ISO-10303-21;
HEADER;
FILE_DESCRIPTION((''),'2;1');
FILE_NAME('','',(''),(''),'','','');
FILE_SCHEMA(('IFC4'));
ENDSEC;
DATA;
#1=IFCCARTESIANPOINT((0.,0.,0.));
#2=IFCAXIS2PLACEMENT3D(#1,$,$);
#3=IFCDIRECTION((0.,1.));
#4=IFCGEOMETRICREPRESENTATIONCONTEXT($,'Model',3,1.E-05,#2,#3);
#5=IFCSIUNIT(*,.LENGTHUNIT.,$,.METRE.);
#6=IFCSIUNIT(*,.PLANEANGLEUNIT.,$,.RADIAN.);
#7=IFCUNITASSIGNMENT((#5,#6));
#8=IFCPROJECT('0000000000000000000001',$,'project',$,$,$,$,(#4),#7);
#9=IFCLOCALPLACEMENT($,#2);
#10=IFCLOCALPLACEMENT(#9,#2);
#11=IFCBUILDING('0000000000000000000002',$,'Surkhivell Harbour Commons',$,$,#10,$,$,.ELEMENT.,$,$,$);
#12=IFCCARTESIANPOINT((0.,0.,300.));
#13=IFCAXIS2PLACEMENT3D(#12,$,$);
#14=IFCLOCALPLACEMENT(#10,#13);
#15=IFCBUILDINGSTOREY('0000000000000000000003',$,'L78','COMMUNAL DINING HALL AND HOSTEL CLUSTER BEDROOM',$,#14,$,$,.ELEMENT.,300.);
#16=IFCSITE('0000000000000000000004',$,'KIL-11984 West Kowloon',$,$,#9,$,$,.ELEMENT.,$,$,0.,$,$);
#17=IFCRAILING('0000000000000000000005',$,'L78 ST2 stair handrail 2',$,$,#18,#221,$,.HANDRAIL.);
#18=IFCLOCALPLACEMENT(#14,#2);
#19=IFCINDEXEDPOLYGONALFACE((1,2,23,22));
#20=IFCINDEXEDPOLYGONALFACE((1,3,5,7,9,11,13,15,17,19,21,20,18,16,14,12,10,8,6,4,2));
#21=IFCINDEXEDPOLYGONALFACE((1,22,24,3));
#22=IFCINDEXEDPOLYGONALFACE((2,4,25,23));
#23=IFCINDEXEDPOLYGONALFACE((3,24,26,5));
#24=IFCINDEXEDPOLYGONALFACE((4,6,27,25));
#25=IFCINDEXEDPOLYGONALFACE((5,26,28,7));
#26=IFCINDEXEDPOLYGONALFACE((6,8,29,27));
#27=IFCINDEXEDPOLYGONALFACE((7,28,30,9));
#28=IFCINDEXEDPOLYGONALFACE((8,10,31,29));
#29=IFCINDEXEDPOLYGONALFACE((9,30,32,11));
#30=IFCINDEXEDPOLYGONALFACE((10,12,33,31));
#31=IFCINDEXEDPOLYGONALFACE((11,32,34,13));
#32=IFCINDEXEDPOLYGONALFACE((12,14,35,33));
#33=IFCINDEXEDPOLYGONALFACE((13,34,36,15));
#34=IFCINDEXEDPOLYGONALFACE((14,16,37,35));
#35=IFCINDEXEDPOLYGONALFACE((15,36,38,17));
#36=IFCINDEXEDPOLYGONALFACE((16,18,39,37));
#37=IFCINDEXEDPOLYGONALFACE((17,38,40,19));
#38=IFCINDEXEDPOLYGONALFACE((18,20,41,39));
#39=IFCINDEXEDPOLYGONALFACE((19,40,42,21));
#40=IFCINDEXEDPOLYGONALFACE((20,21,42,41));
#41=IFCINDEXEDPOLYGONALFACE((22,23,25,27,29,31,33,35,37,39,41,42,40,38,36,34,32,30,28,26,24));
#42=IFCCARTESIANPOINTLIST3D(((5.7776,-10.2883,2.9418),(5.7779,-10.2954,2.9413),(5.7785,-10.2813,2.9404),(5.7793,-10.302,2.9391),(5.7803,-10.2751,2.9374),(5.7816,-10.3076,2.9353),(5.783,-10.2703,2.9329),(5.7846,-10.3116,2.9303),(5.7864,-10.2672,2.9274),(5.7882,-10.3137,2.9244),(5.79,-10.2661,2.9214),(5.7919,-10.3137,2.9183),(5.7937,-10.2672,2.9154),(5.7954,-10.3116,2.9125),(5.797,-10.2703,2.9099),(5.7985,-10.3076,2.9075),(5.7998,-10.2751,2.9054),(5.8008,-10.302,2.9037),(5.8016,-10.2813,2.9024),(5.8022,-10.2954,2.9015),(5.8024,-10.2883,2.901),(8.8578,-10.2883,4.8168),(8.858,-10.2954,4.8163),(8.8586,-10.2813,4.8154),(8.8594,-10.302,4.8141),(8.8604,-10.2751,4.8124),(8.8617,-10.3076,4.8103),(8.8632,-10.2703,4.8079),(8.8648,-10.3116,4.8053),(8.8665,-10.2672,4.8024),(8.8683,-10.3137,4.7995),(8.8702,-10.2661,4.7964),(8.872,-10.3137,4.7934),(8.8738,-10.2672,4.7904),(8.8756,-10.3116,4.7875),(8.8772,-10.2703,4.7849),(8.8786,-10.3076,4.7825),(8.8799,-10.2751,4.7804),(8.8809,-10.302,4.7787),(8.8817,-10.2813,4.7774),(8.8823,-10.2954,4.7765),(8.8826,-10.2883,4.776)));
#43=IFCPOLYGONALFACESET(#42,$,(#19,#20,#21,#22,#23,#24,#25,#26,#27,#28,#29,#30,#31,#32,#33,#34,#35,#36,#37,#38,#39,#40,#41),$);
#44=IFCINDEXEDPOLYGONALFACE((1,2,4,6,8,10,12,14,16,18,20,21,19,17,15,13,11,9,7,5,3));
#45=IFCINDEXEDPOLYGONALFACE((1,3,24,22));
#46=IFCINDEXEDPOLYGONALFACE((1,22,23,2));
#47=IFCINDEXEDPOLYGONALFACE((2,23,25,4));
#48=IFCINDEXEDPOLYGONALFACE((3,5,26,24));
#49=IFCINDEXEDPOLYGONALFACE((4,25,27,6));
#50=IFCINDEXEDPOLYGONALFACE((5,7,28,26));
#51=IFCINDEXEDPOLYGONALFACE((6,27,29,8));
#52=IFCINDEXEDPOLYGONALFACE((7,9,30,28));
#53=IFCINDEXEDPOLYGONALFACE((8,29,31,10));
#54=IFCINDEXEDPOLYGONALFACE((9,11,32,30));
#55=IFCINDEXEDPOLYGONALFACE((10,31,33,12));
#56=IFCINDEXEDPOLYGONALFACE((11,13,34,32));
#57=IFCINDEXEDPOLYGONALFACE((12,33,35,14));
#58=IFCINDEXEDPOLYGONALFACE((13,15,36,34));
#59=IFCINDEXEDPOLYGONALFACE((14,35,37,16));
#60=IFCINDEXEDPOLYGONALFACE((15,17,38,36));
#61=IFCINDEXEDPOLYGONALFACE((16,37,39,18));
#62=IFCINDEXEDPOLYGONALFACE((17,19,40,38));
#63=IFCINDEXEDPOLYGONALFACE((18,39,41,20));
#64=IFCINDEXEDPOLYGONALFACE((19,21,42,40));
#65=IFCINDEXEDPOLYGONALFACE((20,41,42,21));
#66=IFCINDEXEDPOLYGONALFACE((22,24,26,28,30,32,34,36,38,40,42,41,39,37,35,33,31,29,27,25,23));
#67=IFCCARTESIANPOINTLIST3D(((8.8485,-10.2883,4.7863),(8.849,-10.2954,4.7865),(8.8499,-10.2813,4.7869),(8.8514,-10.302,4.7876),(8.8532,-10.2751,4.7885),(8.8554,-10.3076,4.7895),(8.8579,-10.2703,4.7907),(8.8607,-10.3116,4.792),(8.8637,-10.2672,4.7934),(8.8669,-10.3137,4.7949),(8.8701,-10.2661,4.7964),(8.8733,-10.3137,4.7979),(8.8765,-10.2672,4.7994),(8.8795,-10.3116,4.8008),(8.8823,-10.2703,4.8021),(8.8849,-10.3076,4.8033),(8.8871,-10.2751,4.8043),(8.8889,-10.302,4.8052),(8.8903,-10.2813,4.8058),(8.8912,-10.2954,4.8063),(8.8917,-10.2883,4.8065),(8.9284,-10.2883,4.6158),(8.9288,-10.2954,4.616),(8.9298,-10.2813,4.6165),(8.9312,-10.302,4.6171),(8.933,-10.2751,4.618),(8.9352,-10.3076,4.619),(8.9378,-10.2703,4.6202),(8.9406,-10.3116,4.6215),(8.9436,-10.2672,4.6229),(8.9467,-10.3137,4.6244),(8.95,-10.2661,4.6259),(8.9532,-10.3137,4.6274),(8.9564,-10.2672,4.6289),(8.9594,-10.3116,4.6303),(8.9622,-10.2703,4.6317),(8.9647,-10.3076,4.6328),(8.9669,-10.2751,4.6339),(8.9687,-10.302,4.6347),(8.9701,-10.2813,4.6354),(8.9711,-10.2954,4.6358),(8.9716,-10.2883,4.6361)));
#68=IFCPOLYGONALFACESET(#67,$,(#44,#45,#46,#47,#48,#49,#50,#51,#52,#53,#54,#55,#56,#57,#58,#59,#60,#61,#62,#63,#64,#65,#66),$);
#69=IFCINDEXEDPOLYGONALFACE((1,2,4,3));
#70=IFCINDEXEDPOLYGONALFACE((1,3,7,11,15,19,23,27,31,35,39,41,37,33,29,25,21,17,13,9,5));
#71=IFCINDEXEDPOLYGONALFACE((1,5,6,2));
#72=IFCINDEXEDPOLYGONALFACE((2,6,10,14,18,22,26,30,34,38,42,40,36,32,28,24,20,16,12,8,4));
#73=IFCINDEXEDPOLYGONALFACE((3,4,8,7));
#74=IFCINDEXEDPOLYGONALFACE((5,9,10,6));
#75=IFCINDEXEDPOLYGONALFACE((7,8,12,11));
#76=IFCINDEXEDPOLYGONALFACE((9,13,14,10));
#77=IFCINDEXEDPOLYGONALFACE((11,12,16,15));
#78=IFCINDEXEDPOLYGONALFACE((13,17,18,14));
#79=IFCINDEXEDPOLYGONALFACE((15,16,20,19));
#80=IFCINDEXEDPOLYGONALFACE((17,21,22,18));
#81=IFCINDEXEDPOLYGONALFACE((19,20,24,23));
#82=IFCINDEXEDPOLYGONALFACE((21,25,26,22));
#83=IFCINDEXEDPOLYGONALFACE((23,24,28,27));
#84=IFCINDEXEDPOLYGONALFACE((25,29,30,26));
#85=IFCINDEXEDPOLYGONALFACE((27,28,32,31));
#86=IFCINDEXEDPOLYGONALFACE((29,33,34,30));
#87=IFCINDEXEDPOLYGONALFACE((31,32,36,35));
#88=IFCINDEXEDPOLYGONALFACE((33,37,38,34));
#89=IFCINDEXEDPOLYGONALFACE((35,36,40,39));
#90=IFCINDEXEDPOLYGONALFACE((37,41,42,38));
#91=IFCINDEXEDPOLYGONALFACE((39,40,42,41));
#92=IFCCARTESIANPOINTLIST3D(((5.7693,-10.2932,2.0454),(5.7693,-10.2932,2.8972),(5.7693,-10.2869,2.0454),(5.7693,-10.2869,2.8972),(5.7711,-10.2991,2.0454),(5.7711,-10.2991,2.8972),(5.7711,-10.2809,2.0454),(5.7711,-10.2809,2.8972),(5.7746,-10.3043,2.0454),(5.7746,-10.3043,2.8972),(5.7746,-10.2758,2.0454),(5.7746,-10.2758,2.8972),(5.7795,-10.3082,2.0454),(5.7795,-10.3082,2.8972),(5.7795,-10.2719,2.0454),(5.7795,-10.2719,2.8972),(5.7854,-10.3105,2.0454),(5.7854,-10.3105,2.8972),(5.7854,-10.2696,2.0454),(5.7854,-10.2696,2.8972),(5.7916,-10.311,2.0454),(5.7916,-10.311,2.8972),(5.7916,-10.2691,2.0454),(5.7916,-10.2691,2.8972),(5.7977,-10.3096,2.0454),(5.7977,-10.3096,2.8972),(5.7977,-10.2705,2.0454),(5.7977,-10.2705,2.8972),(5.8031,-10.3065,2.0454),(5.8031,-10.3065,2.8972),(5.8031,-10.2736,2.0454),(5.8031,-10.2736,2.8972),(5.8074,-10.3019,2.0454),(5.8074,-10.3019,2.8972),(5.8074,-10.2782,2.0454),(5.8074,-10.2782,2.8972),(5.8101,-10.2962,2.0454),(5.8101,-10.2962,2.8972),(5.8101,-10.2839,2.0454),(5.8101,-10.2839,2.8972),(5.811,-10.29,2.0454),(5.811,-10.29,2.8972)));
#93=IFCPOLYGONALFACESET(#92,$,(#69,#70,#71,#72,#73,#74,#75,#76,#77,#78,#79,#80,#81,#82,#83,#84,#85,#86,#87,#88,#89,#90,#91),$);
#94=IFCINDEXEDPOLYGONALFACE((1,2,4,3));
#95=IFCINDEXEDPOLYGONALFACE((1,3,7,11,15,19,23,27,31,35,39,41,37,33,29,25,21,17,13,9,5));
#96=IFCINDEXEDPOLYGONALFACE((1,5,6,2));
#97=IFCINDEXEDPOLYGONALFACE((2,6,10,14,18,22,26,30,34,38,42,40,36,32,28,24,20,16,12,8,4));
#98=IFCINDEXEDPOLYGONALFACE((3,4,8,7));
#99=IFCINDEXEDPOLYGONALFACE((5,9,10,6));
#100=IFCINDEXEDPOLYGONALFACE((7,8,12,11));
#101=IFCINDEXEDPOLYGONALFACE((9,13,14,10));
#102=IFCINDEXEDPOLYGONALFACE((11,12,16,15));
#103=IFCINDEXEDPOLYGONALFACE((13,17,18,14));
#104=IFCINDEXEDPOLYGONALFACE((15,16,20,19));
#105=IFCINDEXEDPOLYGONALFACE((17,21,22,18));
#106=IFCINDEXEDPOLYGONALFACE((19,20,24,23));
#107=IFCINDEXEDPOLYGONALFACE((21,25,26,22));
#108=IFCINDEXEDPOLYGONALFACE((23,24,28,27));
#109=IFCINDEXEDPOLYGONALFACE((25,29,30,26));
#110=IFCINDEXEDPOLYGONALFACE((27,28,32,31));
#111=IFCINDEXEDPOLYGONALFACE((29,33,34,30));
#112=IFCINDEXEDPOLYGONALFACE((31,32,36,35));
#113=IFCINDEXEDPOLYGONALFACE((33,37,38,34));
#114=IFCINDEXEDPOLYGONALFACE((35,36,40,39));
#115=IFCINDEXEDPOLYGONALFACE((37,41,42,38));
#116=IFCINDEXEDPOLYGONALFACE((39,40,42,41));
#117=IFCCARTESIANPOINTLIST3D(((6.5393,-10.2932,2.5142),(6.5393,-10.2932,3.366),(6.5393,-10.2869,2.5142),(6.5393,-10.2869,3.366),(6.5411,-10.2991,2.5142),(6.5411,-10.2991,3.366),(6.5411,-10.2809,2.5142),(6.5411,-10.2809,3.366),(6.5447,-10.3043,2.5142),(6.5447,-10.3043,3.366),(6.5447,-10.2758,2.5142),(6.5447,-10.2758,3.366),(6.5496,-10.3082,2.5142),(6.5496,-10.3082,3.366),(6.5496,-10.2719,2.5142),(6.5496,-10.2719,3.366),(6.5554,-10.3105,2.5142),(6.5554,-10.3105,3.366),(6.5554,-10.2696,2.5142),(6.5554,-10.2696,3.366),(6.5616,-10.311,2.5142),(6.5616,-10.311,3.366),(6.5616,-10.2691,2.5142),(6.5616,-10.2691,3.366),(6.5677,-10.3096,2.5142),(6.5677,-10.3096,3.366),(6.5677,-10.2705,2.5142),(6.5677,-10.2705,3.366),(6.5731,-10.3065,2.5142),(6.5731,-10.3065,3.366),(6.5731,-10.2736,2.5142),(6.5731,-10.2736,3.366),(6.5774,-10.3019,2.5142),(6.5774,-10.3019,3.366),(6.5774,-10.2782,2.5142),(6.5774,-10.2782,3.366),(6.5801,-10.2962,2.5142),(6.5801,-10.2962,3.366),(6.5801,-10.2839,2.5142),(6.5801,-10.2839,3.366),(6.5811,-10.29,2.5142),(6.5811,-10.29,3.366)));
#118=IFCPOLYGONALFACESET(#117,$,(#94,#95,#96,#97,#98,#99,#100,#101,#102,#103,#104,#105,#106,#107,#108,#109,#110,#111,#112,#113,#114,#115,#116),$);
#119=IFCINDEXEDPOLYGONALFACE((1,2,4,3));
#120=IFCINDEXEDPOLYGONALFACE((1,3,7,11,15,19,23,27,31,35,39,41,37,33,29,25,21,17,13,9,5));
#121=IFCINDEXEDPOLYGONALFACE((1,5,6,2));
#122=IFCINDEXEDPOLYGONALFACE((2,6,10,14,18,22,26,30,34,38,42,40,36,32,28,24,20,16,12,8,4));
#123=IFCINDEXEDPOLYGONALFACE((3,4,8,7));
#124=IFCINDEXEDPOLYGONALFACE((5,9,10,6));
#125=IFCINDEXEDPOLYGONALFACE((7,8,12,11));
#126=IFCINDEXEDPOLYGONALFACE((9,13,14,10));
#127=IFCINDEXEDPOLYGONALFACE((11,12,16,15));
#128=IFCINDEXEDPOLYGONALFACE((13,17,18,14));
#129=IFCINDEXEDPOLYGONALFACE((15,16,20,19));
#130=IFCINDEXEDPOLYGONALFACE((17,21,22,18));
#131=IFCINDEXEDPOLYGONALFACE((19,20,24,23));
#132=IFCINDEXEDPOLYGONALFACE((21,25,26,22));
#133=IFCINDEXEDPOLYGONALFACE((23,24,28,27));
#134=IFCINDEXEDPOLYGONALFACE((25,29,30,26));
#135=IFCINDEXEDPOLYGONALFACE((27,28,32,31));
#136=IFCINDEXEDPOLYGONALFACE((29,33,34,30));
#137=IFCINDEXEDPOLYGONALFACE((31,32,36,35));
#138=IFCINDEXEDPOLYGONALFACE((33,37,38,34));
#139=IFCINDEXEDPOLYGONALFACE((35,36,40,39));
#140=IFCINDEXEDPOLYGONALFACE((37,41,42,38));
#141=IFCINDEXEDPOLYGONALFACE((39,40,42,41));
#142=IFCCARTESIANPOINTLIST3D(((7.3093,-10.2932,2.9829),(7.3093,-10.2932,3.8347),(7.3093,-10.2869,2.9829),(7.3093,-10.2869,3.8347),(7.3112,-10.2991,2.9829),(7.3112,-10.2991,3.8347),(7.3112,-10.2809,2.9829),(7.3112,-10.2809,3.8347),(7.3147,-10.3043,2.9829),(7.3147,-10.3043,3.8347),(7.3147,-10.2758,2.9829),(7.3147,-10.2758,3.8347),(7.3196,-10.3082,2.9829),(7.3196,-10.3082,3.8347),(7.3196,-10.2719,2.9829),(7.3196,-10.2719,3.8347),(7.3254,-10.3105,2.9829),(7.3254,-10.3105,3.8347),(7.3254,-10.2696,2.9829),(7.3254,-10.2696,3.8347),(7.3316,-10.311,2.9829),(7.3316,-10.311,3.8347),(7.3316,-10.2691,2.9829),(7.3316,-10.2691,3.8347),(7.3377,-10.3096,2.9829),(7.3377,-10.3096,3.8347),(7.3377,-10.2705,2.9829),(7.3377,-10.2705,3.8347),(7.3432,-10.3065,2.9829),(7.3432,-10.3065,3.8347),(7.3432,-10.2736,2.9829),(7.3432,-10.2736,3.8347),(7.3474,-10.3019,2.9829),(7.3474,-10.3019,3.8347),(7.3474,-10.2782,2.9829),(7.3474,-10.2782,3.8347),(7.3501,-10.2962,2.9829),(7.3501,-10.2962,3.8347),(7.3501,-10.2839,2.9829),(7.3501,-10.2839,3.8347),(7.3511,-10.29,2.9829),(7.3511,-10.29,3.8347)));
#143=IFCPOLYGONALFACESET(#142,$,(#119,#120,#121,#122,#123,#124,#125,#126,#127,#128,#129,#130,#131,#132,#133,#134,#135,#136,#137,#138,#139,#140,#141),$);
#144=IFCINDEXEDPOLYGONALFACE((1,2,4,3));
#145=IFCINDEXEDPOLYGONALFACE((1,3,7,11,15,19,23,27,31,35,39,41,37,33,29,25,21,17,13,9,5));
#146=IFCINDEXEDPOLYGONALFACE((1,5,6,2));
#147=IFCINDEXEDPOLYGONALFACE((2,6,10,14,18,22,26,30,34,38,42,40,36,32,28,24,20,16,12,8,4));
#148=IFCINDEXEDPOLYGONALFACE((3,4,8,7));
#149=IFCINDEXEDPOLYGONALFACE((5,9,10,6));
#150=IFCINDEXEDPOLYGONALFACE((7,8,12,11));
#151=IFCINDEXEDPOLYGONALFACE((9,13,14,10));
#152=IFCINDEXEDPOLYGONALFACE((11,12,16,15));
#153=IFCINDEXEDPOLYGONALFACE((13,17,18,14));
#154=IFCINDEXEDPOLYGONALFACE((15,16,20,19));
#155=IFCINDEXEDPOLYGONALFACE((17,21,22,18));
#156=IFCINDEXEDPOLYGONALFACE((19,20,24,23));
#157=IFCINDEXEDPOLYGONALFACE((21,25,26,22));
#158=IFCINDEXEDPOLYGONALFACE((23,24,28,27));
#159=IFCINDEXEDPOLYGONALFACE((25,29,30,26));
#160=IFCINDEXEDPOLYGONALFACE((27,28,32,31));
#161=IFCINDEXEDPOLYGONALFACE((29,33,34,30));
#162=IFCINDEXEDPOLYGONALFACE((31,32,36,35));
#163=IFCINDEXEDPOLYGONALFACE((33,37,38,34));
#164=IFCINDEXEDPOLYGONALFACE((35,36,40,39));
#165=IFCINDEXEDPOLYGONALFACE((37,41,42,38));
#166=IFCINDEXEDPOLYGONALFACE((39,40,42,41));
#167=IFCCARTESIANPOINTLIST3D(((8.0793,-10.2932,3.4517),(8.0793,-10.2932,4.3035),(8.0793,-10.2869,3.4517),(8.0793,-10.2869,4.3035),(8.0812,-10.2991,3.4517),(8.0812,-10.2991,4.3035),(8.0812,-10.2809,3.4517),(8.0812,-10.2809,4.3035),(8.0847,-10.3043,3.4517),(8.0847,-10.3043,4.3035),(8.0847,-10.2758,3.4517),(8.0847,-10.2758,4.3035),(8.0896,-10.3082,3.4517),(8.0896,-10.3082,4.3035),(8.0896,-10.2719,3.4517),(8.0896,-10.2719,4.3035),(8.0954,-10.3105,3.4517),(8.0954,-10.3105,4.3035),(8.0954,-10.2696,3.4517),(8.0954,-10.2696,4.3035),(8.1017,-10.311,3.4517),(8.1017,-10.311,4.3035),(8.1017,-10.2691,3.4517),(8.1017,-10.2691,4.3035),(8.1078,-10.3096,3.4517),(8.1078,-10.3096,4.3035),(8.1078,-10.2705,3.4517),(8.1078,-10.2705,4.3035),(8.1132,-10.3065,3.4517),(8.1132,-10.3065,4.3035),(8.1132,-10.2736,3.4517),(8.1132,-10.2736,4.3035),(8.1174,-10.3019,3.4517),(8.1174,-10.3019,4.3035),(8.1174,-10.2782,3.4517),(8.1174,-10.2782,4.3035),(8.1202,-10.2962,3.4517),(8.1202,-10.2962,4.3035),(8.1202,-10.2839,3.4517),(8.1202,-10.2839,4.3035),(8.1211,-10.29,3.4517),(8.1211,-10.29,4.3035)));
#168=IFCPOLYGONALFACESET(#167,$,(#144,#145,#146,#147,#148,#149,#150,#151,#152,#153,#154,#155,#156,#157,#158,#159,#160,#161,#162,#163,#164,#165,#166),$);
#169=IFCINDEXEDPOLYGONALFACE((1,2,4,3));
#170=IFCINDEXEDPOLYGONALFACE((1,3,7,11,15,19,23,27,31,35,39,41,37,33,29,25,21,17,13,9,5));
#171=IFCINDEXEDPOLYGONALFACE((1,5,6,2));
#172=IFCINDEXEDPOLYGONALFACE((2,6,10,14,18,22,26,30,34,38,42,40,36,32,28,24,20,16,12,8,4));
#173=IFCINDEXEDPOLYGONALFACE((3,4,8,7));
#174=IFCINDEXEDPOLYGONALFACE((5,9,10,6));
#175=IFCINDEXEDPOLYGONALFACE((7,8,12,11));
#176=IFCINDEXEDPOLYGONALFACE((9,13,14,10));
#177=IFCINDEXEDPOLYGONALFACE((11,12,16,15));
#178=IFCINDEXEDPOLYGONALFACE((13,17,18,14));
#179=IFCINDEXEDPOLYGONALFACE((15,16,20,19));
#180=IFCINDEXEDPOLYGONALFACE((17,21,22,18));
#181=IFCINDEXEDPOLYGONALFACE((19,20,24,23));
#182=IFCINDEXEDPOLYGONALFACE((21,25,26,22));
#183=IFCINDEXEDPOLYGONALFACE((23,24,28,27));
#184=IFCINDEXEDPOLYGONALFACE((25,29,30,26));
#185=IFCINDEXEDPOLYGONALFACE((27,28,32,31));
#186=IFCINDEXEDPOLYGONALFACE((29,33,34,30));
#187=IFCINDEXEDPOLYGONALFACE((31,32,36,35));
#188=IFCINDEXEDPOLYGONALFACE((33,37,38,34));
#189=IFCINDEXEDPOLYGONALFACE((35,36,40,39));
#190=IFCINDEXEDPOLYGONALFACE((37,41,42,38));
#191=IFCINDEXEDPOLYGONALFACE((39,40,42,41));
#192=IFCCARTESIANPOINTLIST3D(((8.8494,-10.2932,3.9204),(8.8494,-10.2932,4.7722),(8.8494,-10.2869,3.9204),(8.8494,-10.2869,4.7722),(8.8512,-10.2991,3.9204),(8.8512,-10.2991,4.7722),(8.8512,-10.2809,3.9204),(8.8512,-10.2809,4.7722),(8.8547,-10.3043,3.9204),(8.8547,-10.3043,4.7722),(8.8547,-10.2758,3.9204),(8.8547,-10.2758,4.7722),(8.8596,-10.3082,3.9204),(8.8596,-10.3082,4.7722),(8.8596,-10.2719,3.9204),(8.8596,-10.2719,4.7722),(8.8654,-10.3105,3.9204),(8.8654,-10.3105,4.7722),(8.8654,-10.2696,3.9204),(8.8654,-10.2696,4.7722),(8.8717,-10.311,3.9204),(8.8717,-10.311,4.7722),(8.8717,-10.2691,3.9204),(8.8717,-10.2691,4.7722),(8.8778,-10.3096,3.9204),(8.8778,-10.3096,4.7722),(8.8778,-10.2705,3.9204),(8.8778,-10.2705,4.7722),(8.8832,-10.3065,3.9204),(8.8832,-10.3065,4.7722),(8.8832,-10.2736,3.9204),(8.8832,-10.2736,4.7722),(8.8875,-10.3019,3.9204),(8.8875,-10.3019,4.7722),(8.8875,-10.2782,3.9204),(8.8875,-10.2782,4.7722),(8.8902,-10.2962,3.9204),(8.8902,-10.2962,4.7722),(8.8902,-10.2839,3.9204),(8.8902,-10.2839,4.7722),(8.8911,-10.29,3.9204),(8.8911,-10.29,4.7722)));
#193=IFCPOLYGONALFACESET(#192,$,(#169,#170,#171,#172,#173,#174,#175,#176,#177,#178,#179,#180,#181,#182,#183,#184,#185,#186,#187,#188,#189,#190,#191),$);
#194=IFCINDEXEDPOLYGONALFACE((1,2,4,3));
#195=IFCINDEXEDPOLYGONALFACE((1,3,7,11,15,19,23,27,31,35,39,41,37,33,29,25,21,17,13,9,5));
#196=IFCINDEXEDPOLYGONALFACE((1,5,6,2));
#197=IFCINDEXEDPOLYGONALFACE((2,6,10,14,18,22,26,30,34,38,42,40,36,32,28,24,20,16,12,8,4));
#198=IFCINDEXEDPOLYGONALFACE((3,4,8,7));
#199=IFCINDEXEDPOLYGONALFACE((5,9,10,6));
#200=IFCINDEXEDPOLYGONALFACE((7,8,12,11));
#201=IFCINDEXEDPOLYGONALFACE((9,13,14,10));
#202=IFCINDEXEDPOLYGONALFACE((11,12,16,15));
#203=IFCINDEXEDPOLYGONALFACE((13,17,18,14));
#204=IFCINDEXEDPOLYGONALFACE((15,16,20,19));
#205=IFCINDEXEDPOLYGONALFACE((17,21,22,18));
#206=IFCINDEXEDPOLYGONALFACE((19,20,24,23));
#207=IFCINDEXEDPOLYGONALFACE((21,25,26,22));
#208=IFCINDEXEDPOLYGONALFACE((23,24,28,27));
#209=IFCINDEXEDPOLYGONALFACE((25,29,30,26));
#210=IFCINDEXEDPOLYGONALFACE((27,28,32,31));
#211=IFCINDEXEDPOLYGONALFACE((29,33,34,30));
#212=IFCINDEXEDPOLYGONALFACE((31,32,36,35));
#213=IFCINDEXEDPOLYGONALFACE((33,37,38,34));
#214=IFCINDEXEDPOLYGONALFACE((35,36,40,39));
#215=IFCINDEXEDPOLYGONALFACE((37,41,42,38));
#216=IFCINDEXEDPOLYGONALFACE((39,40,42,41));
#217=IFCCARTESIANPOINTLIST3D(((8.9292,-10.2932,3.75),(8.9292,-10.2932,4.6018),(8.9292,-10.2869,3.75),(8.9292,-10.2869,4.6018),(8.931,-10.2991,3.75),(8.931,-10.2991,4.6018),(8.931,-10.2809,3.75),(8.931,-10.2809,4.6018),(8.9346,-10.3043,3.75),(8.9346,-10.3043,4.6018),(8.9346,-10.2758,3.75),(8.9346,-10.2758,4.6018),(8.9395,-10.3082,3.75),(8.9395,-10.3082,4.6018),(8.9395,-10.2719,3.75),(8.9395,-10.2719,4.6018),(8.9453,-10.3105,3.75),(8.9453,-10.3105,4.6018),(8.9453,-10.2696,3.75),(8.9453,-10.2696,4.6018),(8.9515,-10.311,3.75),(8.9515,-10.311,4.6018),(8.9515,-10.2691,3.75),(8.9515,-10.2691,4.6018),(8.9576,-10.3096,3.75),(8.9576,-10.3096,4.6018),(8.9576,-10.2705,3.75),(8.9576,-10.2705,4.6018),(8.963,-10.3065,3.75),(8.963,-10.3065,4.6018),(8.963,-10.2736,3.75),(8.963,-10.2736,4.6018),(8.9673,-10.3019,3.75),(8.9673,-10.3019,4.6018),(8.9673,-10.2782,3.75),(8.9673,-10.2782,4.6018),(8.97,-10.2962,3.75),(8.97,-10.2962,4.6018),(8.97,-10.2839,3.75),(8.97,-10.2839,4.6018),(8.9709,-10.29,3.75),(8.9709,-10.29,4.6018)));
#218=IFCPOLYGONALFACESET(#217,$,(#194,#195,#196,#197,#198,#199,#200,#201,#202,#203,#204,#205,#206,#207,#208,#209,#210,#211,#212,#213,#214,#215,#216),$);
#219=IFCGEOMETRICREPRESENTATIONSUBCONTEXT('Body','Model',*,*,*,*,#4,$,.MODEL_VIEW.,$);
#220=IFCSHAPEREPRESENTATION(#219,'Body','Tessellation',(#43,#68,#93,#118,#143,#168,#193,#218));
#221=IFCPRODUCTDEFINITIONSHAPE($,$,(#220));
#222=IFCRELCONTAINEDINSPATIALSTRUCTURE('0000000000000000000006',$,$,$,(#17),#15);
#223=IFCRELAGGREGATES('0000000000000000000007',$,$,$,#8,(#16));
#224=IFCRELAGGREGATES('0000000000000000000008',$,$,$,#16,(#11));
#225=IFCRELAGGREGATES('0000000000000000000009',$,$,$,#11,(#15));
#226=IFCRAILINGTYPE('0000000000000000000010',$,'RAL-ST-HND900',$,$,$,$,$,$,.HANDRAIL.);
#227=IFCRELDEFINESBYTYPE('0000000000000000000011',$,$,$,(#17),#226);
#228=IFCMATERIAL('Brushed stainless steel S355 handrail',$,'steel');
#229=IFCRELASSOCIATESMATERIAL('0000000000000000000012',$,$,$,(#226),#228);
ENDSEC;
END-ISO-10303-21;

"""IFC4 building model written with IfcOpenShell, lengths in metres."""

from ifc_helpers import new_model, si_unit, direction, frame, origin, origin_2d, place, context, subcontext, project, spatial, circle, extrude, material, type_object, element, save


model = new_model("IFC4")

# Units and contexts
model_context = context("Model", 3, precision=1e-05, world=origin(), true_north=direction((0.0, 1.0)))
body_context = subcontext(model_context, "Body", "Model", "MODEL_VIEW")
ifc_project = project(units=[si_unit("LENGTHUNIT", "METRE"), si_unit("PLANEANGLEUNIT", "RADIAN")], contexts=[model_context])

# Site, building, storey
site_placement = place(None, origin())
site = spatial("IfcSite", under=ifc_project, at=site_placement, Name="KIL-11984 West Kowloon", CompositionType="ELEMENT", RefElevation=0.0)
building_placement = place(site_placement, origin())
building = spatial("IfcBuilding", under=site, at=building_placement, Name="Surkhivell Harbour Commons", CompositionType="ELEMENT")
storey_placement = place(building_placement, frame((0.0, 0.0, 300.0)))
storey = spatial("IfcBuildingStorey", under=building, at=storey_placement, Name="L78", Description="COMMUNAL DINING HALL AND HOSTEL CLUSTER BEDROOM", CompositionType="ELEMENT", Elevation=300.0)

# Railing
ifc_material_1 = material(Name="Brushed stainless steel S355 handrail", Category="steel")
railing_type_1 = type_object("IfcRailingType", Name="RAL-ST-HND900", PredefinedType="HANDRAIL", material=ifc_material_1)
railing_1_placement = place(storey_placement, frame((5.79, -10.29, 2.0454)))
element("IfcRailing", 1, at=railing_1_placement, inside=storey, type_object=railing_type_1, Name="L78 ST2 stair handrail 2", PredefinedType="HANDRAIL", context=body_context, shape_type="SweptSolid", body=[
    extrude(circle(Radius=0.0239, at=origin_2d()), frame((0.0, 0.0, 0.876), z_axis=(0.854178, 0.0, 0.519981), x_axis=(0.0, 1.0, 0.0)), (0.0, 0.0, 1.0), 3.606),
    extrude(circle(Radius=0.0239, at=origin_2d()), frame((3.0801, 0.0, 2.751), z_axis=(0.424234, 0.0, -0.905552), x_axis=(0.0, 1.0, 0.0)), (0.0, 0.0, 1.0), 0.1882),
    extrude(circle(Radius=0.021, at=origin_2d()), origin(), (0.0, 0.0, 1.0), 0.8518),
    extrude(circle(Radius=0.021, at=origin_2d()), frame((0.77, 0.0, 0.4688)), (0.0, 0.0, 1.0), 0.8518),
    extrude(circle(Radius=0.021, at=origin_2d()), frame((1.54, 0.0, 0.9375)), (0.0, 0.0, 1.0), 0.8518),
    extrude(circle(Radius=0.021, at=origin_2d()), frame((2.3101, 0.0, 1.4062)), (0.0, 0.0, 1.0), 0.8518),
    extrude(circle(Radius=0.021, at=origin_2d()), frame((3.0801, 0.0, 1.875)), (0.0, 0.0, 1.0), 0.8518),
    extrude(circle(Radius=0.021, at=origin_2d()), frame((3.1599, 0.0, 1.7046)), (0.0, 0.0, 1.0), 0.8518),
])

save(model, "model.ifc")
